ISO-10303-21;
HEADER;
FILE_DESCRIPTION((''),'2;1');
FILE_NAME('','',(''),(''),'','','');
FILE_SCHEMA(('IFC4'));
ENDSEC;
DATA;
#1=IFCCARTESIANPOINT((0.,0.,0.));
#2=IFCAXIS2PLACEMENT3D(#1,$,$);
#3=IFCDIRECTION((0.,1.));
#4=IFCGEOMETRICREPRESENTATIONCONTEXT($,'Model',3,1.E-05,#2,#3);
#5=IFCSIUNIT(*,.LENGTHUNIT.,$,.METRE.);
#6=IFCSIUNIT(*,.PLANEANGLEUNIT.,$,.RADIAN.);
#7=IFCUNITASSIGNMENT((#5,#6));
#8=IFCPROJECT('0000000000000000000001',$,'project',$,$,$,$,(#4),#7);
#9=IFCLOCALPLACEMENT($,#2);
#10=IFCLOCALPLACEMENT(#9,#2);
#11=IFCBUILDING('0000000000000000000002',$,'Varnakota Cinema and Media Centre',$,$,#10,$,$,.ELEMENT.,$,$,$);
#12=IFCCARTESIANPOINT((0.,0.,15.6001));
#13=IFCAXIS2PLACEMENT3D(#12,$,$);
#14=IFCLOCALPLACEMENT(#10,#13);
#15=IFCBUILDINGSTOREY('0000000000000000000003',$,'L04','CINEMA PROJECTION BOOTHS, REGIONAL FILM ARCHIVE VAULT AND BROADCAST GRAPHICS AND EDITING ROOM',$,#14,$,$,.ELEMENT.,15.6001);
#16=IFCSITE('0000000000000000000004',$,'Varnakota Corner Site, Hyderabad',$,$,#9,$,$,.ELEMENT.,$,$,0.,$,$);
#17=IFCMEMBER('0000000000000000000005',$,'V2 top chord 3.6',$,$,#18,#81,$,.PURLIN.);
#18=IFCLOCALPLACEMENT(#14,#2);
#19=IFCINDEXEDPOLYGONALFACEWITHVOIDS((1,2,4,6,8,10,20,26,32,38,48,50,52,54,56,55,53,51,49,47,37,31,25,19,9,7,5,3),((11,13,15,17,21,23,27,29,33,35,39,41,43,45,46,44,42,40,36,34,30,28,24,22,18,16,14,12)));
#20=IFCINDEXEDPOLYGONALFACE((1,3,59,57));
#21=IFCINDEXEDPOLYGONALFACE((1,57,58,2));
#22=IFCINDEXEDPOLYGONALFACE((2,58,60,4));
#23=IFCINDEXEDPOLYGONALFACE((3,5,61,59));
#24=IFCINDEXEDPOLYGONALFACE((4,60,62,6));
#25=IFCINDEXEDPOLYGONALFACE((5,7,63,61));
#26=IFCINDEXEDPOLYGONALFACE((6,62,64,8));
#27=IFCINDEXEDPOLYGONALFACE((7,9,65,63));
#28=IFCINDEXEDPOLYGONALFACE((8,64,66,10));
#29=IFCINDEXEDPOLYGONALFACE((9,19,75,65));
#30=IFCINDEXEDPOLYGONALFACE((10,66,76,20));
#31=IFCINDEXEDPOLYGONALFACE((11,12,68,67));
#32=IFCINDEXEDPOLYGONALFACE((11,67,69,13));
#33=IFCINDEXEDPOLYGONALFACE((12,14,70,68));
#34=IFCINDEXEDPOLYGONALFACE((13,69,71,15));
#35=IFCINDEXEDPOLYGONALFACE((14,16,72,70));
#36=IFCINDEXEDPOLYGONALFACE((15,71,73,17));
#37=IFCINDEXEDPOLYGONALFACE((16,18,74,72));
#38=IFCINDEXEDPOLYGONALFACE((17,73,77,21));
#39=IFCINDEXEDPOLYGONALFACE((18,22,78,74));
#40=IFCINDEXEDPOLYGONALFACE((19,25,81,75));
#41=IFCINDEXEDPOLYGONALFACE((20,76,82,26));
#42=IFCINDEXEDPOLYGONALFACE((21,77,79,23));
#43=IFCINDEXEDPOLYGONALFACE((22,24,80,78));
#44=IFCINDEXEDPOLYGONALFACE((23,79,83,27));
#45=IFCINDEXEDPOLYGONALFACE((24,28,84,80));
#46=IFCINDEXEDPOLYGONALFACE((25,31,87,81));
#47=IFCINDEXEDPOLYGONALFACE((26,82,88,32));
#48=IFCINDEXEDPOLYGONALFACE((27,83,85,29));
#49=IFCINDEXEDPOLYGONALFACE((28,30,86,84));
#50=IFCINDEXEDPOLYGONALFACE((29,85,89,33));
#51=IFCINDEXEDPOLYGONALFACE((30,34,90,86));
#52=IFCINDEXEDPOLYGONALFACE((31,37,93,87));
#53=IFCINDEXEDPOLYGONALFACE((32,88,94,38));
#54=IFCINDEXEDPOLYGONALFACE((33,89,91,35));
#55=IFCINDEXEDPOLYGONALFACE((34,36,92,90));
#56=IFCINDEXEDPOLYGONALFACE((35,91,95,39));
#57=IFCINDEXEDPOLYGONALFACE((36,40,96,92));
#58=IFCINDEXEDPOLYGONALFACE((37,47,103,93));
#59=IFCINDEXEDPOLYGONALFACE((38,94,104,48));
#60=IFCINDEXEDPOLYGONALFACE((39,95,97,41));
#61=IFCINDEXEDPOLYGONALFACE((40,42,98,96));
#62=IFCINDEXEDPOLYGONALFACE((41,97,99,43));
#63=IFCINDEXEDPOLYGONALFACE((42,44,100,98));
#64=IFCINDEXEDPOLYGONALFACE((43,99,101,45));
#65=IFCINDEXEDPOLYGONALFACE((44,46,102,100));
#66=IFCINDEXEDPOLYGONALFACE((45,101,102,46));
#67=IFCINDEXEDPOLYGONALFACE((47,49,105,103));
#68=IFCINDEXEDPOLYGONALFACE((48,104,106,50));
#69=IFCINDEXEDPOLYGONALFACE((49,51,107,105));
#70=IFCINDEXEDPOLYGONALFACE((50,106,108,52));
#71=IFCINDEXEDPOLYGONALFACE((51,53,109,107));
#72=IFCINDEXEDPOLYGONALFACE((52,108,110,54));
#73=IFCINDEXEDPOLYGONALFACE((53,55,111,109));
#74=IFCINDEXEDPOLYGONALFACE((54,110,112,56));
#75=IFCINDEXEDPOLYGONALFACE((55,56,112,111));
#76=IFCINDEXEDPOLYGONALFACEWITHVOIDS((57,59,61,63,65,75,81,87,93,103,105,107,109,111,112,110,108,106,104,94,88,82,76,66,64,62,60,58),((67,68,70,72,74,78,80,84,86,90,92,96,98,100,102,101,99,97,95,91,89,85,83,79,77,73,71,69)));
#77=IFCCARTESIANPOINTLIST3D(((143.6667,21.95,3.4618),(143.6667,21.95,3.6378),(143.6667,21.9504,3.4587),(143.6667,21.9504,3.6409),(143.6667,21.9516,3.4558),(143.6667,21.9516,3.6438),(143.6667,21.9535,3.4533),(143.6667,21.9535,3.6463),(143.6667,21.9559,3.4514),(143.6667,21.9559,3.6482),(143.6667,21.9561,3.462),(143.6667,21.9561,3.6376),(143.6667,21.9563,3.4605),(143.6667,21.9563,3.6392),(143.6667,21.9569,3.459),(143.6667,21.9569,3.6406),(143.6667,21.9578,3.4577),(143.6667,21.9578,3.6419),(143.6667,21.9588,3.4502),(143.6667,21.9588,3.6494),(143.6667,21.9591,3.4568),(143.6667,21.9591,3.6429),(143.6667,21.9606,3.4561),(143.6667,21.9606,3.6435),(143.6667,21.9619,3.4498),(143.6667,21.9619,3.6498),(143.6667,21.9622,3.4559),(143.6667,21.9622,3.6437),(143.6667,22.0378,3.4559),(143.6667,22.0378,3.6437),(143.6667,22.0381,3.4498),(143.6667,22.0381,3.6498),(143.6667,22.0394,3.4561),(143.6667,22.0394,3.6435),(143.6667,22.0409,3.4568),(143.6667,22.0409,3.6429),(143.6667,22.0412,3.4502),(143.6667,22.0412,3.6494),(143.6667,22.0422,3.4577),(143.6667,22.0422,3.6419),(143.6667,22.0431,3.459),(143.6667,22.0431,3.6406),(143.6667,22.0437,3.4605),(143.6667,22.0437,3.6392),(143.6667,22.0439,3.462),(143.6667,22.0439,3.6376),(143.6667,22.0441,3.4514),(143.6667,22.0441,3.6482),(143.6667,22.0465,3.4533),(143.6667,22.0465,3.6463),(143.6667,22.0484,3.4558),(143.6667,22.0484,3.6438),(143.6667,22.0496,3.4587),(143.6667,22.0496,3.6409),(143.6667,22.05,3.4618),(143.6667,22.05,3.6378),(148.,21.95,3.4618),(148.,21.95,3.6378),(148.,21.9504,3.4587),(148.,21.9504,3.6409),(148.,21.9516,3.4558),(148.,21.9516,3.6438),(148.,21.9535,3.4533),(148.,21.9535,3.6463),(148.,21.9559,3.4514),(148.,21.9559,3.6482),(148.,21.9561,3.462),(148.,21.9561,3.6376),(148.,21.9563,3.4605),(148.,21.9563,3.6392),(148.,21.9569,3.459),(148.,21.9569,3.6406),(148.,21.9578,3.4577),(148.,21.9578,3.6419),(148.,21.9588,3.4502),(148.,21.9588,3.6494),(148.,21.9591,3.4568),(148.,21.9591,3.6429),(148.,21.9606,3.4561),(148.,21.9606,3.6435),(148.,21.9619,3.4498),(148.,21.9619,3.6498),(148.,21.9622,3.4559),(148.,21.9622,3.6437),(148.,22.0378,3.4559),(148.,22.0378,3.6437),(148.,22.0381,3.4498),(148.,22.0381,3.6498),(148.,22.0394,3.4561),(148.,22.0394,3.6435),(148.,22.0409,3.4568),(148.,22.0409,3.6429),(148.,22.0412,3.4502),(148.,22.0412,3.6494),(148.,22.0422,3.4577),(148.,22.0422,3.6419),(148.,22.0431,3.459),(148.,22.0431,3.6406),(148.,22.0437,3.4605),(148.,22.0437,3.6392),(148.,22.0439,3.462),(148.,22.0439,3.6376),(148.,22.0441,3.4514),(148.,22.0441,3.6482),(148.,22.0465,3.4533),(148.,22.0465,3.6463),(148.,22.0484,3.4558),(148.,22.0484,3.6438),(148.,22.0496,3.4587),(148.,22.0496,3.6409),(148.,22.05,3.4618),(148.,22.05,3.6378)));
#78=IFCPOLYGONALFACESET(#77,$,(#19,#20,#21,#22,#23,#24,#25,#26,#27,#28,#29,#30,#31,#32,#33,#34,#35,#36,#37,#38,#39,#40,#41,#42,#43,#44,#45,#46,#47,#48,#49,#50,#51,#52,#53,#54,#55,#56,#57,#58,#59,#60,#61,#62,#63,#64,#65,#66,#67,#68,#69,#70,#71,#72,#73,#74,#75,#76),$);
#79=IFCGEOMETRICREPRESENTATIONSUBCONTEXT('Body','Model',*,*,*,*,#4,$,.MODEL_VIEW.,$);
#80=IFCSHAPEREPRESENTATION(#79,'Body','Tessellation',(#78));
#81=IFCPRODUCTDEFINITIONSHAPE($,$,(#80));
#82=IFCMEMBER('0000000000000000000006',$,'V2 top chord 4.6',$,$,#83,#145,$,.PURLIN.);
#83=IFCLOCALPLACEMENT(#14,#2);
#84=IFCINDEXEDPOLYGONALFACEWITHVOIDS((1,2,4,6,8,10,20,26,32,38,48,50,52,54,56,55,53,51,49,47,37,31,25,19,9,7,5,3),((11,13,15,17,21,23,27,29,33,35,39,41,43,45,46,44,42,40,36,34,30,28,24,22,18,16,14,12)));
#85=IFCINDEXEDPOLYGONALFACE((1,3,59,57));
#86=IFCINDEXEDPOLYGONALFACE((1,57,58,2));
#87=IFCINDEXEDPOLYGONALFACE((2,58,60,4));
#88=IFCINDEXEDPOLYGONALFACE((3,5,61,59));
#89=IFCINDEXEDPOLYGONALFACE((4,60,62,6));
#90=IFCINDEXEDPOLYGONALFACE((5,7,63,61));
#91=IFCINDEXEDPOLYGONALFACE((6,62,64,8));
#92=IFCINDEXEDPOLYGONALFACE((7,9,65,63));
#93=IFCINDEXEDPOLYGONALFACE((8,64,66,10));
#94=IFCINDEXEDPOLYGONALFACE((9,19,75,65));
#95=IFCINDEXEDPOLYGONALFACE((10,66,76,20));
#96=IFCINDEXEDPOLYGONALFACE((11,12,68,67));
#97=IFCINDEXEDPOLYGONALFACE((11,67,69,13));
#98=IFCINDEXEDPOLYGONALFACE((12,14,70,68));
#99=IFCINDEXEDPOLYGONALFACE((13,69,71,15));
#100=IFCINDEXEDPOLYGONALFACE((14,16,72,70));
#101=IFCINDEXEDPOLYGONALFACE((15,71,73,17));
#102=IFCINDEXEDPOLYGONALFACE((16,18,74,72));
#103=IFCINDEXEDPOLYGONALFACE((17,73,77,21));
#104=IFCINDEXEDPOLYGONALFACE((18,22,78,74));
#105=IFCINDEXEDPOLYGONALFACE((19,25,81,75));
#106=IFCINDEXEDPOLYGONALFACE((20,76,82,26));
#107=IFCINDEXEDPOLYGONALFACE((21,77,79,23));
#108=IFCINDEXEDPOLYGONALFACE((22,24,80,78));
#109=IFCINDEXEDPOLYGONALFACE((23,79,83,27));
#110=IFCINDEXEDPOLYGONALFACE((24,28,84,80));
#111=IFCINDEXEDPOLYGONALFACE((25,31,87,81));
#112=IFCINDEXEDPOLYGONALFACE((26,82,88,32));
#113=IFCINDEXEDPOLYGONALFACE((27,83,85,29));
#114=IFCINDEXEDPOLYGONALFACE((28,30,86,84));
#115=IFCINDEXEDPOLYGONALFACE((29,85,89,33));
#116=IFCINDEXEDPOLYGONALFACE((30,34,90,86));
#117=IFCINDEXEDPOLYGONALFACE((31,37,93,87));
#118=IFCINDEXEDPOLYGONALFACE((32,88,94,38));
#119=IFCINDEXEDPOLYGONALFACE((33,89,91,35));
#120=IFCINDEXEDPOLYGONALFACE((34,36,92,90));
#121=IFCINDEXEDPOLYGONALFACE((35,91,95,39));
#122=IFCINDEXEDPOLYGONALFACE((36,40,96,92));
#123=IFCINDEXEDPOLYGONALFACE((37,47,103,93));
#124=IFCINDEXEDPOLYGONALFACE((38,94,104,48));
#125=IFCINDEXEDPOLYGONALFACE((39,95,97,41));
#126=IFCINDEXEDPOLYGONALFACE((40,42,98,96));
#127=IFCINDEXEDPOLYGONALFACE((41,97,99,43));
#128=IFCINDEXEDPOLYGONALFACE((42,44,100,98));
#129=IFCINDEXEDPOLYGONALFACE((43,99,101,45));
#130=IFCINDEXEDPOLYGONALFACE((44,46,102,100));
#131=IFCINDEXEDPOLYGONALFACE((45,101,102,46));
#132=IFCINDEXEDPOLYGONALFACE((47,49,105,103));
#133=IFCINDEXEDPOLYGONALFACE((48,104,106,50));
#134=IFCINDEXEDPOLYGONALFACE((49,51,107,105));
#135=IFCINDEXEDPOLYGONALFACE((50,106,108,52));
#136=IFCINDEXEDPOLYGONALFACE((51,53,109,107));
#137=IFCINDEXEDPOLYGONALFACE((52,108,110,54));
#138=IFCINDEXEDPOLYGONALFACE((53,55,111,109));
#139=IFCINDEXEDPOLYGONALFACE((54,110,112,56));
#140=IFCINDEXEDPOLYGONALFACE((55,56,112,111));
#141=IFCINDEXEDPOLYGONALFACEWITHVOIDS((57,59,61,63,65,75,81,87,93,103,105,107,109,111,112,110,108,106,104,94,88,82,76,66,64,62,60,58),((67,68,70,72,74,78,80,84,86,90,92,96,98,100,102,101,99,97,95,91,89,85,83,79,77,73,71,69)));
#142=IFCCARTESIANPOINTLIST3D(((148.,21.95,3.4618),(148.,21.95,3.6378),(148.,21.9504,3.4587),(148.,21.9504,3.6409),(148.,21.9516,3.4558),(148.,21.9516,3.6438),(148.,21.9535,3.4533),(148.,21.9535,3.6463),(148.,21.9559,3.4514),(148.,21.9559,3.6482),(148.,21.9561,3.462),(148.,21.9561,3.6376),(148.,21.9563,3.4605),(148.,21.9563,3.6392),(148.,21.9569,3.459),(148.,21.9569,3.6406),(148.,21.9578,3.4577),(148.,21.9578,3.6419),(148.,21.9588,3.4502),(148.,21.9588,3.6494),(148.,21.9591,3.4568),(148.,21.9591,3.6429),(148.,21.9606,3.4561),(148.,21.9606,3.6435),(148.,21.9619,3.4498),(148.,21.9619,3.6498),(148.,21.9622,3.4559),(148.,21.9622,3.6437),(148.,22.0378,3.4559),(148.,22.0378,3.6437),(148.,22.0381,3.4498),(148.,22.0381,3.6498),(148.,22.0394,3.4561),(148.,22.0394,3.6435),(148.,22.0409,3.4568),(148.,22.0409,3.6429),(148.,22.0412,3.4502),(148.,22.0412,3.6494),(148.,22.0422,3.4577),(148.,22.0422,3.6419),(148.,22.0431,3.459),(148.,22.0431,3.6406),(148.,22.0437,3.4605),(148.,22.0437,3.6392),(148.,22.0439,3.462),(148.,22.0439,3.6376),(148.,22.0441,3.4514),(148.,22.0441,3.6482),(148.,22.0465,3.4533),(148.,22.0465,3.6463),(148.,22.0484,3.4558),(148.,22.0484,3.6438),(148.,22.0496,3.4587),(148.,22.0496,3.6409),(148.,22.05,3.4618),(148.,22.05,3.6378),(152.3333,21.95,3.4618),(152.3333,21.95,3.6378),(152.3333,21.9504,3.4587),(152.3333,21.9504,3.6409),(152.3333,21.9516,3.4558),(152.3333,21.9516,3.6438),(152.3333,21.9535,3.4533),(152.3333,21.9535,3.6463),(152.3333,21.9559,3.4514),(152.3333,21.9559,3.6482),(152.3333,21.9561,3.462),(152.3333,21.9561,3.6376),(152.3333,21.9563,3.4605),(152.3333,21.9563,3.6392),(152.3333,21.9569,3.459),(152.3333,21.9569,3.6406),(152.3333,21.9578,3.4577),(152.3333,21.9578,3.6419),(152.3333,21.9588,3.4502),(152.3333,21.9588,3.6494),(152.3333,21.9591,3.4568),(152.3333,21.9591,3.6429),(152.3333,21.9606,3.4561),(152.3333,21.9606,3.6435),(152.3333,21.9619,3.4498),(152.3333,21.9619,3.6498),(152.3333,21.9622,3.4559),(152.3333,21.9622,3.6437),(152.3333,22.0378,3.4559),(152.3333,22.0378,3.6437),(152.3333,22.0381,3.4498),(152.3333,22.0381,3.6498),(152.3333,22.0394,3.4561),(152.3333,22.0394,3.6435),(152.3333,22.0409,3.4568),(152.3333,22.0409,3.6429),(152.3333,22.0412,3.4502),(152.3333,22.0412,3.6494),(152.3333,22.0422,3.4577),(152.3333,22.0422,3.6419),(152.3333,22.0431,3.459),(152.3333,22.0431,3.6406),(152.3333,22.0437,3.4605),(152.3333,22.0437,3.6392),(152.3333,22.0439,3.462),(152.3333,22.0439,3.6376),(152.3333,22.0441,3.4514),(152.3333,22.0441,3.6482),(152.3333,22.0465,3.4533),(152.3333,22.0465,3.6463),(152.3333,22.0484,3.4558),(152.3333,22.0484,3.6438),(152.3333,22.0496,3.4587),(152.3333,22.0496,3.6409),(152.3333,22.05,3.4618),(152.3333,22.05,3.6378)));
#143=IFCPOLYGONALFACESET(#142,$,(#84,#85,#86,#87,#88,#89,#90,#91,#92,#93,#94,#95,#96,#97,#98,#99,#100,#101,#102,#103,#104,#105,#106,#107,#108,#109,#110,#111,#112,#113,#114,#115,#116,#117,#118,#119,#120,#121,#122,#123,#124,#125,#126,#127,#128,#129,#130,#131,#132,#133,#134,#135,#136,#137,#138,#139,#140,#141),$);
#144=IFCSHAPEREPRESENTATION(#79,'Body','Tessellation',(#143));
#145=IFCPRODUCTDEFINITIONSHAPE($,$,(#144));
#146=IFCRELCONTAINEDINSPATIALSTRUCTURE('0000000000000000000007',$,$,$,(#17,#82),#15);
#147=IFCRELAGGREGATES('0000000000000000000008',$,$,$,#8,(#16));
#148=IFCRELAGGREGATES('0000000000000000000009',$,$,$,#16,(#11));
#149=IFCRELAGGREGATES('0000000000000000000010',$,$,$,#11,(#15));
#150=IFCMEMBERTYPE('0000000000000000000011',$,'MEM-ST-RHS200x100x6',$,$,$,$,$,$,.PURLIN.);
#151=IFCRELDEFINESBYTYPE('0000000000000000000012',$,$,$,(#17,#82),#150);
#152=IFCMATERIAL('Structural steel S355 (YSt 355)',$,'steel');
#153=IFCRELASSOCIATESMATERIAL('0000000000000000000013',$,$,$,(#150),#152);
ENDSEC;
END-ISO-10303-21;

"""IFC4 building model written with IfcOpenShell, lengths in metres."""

from ifc_helpers import new_model, si_unit, direction, frame, origin, origin_2d, place, context, subcontext, project, spatial, hollow_rectangle, extrude, material, material_profile, profile_set, type_object, element, save


model = new_model("IFC4")

# Units and contexts
model_context = context("Model", 3, precision=1e-05, world=origin(), true_north=direction((0.0, 1.0)))
body_context = subcontext(model_context, "Body", "Model", "MODEL_VIEW")
ifc_project = project(units=[si_unit("LENGTHUNIT", "METRE"), si_unit("PLANEANGLEUNIT", "RADIAN")], contexts=[model_context])

# Site, building, storey
site_placement = place(None, origin())
site = spatial("IfcSite", under=ifc_project, at=site_placement, Name="Varnakota Corner Site, Hyderabad", CompositionType="ELEMENT", RefElevation=0.0)
building_placement = place(site_placement, origin())
building = spatial("IfcBuilding", under=site, at=building_placement, Name="Varnakota Cinema and Media Centre", CompositionType="ELEMENT")
storey_placement = place(building_placement, frame((0.0, 0.0, 15.6001)))
storey = spatial("IfcBuildingStorey", under=building, at=storey_placement, Name="L04", Description="CINEMA PROJECTION BOOTHS, REGIONAL FILM ARCHIVE VAULT AND BROADCAST GRAPHICS AND EDITING ROOM", CompositionType="ELEMENT", Elevation=15.6001)

# Members
ifc_material_1 = material(Name="Structural steel S355 (YSt 355)", Category="steel")
ifc_material_profile_1 = material_profile(ifc_material_1, hollow_rectangle(XDim=0.1001, YDim=0.2, WallThickness=0.0061, InnerFilletRadius=0.0061, OuterFilletRadius=0.012, at=origin_2d()), Name="RHS 200x100x6")
ifc_profile_set_1 = profile_set([ifc_material_profile_1], Name="Structural steel S355 (YSt 355)")
member_type_1 = type_object("IfcMemberType", Name="MEM-ST-RHS200x100x6", PredefinedType="PURLIN", material=ifc_profile_set_1)
for number, where, z_axis, x_axis, name in (
    (1, (143.6667, 22.0, 3.5498), (1.0, 0.0, 0.0), (0.0, 1.0, 0.0), "V2 top chord 3.6"),
    (2, (148.0, 22.0, 3.5498), (1.0, 0.0, 0.0), (0.0, 1.0, 0.0), "V2 top chord 4.6"),
):
    element("IfcMember", number, at=place(storey_placement, frame(where, z_axis=z_axis, x_axis=x_axis)), inside=storey, type_object=member_type_1, Name=name, PredefinedType="PURLIN", context=body_context, shape_type="SweptSolid", body=[
        extrude(hollow_rectangle(XDim=0.1001, YDim=0.2, WallThickness=0.0061, InnerFilletRadius=0.0061, OuterFilletRadius=0.012, at=origin_2d()), origin(), (0.0, 0.0, 1.0), 4.3333),
    ])

save(model, "model.ifc")
